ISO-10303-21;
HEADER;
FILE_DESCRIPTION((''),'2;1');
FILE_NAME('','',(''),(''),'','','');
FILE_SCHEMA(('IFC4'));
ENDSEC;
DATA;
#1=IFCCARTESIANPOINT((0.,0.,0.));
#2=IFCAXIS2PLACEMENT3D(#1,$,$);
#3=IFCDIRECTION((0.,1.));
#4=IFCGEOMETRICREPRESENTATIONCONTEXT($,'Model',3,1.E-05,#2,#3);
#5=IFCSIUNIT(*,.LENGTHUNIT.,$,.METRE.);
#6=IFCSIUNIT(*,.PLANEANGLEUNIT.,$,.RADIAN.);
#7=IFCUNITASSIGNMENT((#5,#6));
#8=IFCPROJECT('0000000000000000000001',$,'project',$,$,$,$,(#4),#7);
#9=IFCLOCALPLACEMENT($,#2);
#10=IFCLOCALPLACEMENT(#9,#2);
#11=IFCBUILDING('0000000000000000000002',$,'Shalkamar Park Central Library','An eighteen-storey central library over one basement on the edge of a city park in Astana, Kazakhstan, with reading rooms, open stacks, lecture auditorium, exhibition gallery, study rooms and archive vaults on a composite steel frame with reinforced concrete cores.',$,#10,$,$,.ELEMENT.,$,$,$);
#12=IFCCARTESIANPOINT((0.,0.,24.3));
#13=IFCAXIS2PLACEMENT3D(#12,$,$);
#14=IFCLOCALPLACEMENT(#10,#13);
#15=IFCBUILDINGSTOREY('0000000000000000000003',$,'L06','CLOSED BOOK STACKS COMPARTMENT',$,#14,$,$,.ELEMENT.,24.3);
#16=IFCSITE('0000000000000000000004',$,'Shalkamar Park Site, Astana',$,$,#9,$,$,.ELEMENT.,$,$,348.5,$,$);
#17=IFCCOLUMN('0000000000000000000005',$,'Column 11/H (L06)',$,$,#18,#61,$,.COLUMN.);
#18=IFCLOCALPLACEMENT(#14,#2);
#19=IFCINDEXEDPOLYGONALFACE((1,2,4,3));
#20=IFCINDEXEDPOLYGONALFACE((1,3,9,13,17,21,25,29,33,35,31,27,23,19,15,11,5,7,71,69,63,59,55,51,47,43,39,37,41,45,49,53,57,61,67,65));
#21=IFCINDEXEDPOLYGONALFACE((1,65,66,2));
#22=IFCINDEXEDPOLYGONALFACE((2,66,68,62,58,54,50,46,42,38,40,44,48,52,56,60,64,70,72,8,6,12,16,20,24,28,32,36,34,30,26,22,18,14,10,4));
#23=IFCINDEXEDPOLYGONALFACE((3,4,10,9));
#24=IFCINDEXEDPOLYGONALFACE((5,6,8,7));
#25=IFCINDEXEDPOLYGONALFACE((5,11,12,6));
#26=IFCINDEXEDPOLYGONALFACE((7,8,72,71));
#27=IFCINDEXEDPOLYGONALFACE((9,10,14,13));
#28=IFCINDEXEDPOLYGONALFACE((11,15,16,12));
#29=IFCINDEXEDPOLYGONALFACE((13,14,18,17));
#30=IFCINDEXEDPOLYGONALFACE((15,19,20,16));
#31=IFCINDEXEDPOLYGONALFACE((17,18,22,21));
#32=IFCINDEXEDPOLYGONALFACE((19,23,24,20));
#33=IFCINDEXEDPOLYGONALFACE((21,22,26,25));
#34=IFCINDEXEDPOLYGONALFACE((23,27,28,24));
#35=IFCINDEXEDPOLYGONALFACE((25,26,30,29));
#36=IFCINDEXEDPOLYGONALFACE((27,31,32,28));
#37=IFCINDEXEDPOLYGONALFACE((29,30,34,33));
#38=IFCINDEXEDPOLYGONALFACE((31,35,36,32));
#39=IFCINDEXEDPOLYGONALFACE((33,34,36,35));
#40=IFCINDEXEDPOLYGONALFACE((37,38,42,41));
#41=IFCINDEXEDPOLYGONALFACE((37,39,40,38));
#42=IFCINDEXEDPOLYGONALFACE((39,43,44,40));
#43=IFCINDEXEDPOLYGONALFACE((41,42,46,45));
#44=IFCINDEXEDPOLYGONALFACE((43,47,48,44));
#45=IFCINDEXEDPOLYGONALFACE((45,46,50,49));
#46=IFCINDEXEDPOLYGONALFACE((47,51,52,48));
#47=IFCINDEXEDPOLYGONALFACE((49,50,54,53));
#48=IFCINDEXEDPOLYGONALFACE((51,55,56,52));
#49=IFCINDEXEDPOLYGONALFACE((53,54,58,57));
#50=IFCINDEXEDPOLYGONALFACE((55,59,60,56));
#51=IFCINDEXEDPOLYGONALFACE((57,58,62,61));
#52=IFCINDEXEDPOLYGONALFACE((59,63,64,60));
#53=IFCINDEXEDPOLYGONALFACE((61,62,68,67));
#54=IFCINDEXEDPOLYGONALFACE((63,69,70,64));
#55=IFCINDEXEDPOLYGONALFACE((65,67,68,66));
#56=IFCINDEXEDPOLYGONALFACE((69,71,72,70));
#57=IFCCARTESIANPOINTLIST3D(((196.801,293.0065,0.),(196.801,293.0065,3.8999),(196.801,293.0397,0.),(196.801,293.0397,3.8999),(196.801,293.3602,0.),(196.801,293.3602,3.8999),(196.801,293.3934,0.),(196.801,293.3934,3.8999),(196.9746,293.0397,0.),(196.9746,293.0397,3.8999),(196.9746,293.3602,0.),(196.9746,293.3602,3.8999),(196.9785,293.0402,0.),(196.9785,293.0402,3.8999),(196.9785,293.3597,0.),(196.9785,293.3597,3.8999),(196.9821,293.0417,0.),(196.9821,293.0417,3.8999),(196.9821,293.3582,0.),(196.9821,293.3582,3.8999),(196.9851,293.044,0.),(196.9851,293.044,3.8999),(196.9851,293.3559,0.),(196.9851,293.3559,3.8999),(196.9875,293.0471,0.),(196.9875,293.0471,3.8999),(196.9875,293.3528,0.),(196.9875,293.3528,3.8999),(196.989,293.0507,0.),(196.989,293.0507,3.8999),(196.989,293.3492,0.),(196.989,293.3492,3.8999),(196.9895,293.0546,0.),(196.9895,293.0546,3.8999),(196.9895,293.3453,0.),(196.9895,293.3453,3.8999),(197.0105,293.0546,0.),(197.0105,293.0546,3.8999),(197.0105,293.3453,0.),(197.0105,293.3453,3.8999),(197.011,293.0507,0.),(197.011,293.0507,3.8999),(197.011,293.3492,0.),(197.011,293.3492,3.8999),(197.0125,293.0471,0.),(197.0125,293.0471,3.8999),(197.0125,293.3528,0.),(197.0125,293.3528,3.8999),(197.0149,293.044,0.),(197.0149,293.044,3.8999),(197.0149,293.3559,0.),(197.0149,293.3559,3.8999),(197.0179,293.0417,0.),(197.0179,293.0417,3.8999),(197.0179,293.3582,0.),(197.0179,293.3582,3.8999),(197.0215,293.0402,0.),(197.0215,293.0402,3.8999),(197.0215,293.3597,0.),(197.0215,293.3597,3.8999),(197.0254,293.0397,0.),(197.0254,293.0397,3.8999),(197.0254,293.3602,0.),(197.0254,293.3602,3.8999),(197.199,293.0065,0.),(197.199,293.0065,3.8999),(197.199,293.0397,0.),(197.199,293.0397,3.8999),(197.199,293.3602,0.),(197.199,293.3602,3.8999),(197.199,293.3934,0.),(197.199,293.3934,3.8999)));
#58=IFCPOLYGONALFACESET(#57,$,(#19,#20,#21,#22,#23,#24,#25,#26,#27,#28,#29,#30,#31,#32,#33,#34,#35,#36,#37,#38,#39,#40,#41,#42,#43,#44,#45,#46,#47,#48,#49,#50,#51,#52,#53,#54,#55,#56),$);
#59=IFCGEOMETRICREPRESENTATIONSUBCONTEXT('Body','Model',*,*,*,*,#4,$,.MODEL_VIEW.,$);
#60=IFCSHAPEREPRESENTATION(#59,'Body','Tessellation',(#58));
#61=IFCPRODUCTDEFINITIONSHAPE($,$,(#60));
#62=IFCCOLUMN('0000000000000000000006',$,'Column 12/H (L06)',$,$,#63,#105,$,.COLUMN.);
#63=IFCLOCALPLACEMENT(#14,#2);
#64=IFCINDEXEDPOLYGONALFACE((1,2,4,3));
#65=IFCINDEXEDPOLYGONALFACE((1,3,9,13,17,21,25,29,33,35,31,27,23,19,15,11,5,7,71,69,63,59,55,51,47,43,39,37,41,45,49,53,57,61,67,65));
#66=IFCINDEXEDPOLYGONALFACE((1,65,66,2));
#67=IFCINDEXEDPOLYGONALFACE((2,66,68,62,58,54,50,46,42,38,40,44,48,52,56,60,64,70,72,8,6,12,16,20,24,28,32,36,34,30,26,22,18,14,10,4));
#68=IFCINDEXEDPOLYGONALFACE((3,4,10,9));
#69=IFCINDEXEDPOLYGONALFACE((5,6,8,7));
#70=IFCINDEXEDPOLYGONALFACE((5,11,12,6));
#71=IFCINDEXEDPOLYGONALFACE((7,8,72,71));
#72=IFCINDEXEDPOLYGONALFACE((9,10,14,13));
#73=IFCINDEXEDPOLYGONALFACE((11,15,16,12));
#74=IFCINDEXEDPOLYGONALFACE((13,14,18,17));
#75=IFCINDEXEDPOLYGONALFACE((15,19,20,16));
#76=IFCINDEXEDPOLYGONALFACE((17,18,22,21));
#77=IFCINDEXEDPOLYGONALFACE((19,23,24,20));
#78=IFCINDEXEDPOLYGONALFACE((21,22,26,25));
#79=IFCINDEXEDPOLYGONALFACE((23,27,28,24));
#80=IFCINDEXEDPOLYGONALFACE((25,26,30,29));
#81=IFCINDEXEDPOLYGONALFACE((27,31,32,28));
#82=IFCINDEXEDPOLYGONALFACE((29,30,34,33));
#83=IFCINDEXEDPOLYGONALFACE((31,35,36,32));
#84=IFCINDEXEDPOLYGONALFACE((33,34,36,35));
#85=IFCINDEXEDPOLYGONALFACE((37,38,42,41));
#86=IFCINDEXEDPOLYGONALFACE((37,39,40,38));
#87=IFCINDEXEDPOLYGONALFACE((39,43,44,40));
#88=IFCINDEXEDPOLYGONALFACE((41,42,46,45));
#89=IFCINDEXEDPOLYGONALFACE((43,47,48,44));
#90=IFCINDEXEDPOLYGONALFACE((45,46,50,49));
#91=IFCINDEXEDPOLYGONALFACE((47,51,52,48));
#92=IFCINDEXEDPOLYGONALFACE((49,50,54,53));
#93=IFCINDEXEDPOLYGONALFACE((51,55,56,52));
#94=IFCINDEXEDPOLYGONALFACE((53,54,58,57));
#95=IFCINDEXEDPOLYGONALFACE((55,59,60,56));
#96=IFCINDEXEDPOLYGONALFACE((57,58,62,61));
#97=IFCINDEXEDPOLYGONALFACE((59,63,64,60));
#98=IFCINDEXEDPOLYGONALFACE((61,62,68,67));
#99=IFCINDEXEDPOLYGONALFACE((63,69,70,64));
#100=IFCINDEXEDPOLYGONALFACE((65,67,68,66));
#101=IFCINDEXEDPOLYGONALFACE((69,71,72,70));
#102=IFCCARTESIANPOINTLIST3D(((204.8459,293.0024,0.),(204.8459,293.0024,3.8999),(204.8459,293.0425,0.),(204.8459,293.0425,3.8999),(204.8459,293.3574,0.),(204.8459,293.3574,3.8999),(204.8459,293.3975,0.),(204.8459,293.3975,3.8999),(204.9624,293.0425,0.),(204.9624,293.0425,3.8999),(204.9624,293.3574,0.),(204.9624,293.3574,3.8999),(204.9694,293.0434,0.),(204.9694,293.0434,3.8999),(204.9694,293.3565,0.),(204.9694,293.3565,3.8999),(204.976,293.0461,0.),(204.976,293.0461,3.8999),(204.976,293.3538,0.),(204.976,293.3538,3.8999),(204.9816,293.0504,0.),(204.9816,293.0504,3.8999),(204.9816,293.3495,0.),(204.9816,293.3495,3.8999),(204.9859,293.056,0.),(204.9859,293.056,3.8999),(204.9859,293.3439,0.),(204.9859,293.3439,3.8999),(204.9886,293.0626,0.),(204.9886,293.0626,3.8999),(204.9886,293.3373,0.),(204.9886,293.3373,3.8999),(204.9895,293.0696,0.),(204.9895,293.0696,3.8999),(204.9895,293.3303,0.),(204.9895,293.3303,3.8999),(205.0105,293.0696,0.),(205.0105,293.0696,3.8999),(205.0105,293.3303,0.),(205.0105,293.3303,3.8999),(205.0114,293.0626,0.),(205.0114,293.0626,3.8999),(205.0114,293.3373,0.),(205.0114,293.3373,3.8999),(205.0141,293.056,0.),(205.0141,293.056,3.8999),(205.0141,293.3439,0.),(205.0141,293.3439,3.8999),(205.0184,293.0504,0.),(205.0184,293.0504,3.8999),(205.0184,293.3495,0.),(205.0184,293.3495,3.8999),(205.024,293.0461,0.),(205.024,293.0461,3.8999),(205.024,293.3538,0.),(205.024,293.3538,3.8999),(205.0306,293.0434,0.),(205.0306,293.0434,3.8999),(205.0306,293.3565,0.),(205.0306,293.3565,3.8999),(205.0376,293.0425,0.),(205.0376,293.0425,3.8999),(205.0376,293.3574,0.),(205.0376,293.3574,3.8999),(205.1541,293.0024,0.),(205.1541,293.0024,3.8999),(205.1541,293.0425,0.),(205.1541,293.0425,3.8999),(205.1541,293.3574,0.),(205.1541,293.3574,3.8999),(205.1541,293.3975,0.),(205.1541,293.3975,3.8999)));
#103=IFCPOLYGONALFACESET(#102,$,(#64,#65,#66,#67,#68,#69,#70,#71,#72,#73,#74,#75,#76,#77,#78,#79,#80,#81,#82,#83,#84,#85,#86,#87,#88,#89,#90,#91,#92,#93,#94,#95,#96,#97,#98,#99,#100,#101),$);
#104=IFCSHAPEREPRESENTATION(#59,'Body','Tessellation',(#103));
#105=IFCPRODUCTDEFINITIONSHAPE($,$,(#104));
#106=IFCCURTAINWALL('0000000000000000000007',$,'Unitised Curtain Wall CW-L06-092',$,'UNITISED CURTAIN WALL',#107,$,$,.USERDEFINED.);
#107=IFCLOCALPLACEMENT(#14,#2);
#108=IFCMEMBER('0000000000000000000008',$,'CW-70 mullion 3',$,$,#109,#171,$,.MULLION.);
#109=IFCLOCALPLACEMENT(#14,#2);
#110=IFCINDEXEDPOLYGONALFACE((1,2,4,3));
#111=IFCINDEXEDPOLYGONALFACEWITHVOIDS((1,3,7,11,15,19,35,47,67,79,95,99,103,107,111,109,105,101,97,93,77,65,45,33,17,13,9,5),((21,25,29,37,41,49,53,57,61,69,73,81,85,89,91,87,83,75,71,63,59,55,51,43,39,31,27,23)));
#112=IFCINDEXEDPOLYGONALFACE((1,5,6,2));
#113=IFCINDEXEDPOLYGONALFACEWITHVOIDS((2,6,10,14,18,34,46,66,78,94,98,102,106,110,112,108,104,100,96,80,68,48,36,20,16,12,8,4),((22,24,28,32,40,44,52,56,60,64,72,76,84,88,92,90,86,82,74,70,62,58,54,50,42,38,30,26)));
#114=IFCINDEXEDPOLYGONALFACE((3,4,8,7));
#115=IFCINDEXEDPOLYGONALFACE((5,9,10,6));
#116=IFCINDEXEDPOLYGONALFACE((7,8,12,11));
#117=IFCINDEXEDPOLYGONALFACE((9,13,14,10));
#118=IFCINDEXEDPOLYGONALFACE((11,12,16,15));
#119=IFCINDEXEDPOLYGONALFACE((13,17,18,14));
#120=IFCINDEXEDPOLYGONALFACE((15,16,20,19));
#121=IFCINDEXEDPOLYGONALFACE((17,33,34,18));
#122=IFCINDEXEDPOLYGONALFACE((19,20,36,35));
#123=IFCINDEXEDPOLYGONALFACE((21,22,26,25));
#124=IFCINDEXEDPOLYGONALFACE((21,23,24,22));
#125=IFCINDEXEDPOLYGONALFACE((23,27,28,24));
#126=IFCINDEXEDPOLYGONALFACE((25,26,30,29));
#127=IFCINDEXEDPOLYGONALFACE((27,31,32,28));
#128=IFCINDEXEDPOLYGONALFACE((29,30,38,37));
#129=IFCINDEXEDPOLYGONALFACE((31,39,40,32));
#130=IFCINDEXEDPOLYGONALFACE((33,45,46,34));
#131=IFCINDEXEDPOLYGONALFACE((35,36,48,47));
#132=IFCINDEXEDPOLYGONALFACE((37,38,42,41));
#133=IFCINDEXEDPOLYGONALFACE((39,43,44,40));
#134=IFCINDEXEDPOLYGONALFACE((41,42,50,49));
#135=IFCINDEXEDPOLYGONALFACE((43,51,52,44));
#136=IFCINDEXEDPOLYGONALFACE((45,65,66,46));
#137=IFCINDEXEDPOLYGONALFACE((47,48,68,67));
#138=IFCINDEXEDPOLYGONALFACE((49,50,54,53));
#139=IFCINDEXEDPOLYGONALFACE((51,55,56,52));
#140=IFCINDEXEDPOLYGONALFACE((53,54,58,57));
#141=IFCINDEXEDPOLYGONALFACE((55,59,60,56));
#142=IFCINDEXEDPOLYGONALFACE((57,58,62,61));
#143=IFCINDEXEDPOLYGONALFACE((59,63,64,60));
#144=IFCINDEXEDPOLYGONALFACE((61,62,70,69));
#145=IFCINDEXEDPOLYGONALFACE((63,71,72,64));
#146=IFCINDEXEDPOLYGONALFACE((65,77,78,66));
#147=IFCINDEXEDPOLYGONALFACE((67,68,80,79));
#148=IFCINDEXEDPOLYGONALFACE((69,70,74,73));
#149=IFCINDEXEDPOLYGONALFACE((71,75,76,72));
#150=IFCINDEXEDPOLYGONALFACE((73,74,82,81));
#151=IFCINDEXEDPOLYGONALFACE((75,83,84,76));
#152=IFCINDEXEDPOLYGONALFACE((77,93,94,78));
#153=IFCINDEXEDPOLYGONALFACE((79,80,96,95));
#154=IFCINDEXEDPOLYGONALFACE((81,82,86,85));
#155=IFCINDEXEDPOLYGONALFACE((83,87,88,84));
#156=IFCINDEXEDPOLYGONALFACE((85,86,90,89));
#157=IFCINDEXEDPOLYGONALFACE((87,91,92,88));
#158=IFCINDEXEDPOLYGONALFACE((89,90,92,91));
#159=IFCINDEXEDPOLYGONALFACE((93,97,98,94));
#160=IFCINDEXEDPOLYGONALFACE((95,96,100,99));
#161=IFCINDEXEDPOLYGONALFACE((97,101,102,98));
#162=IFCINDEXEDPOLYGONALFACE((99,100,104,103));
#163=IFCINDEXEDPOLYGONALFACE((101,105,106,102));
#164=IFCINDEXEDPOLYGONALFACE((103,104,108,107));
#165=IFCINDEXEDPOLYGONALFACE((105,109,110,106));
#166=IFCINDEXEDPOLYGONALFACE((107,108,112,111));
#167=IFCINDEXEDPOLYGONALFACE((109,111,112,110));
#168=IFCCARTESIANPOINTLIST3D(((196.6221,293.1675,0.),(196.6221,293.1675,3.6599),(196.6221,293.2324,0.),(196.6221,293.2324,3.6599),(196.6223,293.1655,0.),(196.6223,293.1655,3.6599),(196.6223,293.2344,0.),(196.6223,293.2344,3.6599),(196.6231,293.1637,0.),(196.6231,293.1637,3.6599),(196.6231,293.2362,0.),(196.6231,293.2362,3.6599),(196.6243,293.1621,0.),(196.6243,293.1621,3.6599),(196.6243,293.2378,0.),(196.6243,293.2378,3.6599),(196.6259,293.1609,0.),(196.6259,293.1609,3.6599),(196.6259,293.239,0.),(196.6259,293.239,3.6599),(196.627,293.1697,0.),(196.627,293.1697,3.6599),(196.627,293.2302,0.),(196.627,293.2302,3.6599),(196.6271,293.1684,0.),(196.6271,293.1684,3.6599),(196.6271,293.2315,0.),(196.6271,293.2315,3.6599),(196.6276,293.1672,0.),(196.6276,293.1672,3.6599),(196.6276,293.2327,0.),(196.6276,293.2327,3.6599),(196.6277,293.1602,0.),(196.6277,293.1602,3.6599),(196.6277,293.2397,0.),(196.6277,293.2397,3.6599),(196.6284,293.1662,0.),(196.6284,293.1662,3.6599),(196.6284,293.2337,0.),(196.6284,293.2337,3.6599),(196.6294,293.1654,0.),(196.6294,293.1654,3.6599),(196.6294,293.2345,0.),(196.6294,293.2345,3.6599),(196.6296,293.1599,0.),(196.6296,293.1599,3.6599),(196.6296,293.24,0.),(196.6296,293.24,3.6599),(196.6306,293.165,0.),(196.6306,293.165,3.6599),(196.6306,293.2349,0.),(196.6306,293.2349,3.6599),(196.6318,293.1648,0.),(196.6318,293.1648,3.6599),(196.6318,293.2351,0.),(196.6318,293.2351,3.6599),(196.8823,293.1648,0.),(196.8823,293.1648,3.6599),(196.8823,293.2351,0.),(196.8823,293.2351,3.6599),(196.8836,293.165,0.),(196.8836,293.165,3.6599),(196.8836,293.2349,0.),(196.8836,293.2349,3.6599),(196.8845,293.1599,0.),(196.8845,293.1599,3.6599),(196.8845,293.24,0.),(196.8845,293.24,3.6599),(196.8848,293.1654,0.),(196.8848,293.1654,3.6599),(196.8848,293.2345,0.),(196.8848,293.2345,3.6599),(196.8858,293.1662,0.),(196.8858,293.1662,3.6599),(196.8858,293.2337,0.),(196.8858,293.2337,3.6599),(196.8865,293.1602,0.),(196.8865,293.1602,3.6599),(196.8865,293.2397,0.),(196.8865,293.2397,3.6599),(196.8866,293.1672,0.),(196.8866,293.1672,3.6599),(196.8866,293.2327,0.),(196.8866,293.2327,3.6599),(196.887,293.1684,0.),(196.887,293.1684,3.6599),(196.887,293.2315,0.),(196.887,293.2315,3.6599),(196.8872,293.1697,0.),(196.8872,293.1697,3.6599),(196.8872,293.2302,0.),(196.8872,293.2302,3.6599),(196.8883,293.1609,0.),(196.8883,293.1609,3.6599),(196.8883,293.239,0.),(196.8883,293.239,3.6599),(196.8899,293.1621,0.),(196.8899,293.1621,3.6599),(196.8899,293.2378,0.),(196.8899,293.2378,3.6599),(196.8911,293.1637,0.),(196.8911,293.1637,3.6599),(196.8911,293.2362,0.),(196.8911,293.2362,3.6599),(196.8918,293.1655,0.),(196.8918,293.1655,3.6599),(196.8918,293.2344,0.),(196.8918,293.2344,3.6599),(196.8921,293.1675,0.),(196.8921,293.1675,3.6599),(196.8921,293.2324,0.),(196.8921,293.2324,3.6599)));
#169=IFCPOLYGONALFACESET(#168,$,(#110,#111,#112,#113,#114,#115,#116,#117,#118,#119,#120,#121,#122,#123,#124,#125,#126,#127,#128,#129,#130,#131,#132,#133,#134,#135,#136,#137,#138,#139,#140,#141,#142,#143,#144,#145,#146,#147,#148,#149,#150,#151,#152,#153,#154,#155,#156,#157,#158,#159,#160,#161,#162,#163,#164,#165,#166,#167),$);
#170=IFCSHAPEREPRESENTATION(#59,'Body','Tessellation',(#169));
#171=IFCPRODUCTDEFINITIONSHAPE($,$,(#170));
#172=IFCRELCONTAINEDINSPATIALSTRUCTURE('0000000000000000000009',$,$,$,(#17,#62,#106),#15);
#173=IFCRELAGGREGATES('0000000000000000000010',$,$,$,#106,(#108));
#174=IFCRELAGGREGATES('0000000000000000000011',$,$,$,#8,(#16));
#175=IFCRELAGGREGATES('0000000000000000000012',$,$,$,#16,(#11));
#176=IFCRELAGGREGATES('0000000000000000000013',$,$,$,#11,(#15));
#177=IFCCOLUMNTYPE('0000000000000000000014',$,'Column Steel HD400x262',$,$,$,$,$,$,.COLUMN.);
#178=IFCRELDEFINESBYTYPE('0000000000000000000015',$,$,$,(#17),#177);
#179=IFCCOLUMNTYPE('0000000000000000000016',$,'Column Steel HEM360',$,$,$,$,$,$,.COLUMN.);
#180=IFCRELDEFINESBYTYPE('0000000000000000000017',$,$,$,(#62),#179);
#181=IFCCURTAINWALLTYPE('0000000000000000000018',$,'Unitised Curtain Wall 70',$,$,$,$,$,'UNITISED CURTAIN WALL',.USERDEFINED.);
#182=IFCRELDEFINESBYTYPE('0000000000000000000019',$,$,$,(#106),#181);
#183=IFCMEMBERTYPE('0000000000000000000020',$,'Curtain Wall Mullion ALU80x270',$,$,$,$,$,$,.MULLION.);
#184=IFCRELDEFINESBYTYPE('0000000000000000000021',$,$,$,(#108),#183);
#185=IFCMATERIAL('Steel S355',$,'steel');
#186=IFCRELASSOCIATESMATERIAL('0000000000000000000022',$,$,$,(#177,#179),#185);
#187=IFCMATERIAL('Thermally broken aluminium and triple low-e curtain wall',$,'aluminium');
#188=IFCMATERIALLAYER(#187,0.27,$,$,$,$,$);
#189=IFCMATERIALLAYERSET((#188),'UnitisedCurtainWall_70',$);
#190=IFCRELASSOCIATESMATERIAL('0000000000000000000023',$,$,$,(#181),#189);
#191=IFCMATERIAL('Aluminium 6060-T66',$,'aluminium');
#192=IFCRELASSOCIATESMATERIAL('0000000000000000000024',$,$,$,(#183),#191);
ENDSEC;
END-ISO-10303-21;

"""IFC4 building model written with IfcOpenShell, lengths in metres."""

from ifc_helpers import new_model, si_unit, direction, frame, origin, origin_2d, place, context, subcontext, project, spatial, hollow_rectangle, i_section, extrude, material, layer, layer_set, material_profile, profile_set, type_object, element, aggregate, save


model = new_model("IFC4")

# Units and contexts
model_context = context("Model", 3, precision=1e-05, world=origin(), true_north=direction((0.0, 1.0)))
body_context = subcontext(model_context, "Body", "Model", "MODEL_VIEW")
ifc_project = project(units=[si_unit("LENGTHUNIT", "METRE"), si_unit("PLANEANGLEUNIT", "RADIAN")], contexts=[model_context])

# Site, building, storey
site_placement = place(None, origin())
site = spatial("IfcSite", under=ifc_project, at=site_placement, Name="Shalkamar Park Site, Astana", CompositionType="ELEMENT", RefElevation=348.5)
building_placement = place(site_placement, origin())
building = spatial("IfcBuilding", under=site, at=building_placement, Name="Shalkamar Park Central Library", Description="An eighteen-storey central library over one basement on the edge of a city park in Astana, Kazakhstan, with reading rooms, open stacks, lecture auditorium, exhibition gallery, study rooms and archive vaults on a composite steel frame with reinforced concrete cores.", CompositionType="ELEMENT")
storey_placement = place(building_placement, frame((0.0, 0.0, 24.3)))
storey = spatial("IfcBuildingStorey", under=building, at=storey_placement, Name="L06", Description="CLOSED BOOK STACKS COMPARTMENT", CompositionType="ELEMENT", Elevation=24.3)

# Columns
ifc_material_1 = material(Name="Steel S355", Category="steel")
ifc_material_profile_1 = material_profile(ifc_material_1, i_section(OverallWidth=0.3979, OverallDepth=0.387, WebThickness=0.021, FlangeThickness=0.0332, FilletRadius=0.0149, at=origin_2d()), Name="HD 400x262")
ifc_profile_set_1 = profile_set([ifc_material_profile_1], Name="Steel S355")
column_type_1 = type_object("IfcColumnType", Name="Column Steel HD400x262", PredefinedType="COLUMN", material=ifc_profile_set_1)
column_1_placement = place(storey_placement, frame((197.0, 293.2, 0.0), z_axis=(0.0, 0.0, 1.0), x_axis=(1.0, 0.0, 0.0)))
element("IfcColumn", 1, at=column_1_placement, inside=storey, type_object=column_type_1, Name="Column 11/H (L06)", PredefinedType="COLUMN", context=body_context, shape_type="SweptSolid", body=[
    extrude(i_section(OverallWidth=0.3979, OverallDepth=0.387, WebThickness=0.021, FlangeThickness=0.0332, FilletRadius=0.0149, at=origin_2d()), origin(), (0.0, 0.0, 1.0), 3.8999),
])
ifc_material_profile_2 = material_profile(ifc_material_1, i_section(OverallWidth=0.3081, OverallDepth=0.395, WebThickness=0.021, FlangeThickness=0.04, FilletRadius=0.0271, at=origin_2d()), Name="HEM 360")
ifc_profile_set_2 = profile_set([ifc_material_profile_2], Name="Steel S355")
column_type_2 = type_object("IfcColumnType", Name="Column Steel HEM360", PredefinedType="COLUMN", material=ifc_profile_set_2)
column_2_placement = place(storey_placement, frame((205.0, 293.2, 0.0), z_axis=(0.0, 0.0, 1.0), x_axis=(1.0, 0.0, 0.0)))
element("IfcColumn", 2, at=column_2_placement, inside=storey, type_object=column_type_2, Name="Column 12/H (L06)", PredefinedType="COLUMN", context=body_context, shape_type="SweptSolid", body=[
    extrude(i_section(OverallWidth=0.3081, OverallDepth=0.395, WebThickness=0.021, FlangeThickness=0.04, FilletRadius=0.0271, at=origin_2d()), origin(), (0.0, 0.0, 1.0), 3.8999),
])

# Curtain wall, member
ifc_material_2 = material(Name="Thermally broken aluminium and triple low-e curtain wall", Category="aluminium")
ifc_layer_1 = layer(ifc_material_2, 0.27)
ifc_layer_set_1 = layer_set([ifc_layer_1], Name="UnitisedCurtainWall_70")
curtain_wall_type_1 = type_object("IfcCurtainWallType", Name="Unitised Curtain Wall 70", ElementType="UNITISED CURTAIN WALL", PredefinedType="USERDEFINED", material=ifc_layer_set_1)
curtain_wall_1_placement = place(storey_placement, origin())
curtain_wall_1 = element("IfcCurtainWall", 3, at=curtain_wall_1_placement, inside=storey, type_object=curtain_wall_type_1, Name="Unitised Curtain Wall CW-L06-092", ObjectType="UNITISED CURTAIN WALL", PredefinedType="USERDEFINED")
ifc_material_3 = material(Name="Aluminium 6060-T66", Category="aluminium")
ifc_material_profile_3 = material_profile(ifc_material_3, hollow_rectangle(XDim=0.0801, YDim=0.27, WallThickness=0.0049, InnerFilletRadius=0.0049, OuterFilletRadius=0.0076, at=origin_2d()), Name="ALU 80x270x5")
ifc_profile_set_3 = profile_set([ifc_material_profile_3], Name="Aluminium 6060-T66")
member_type_1 = type_object("IfcMemberType", Name="Curtain Wall Mullion ALU80x270", PredefinedType="MULLION", material=ifc_profile_set_3)
member_1_placement = place(storey_placement, frame((196.7571, 293.2, 0.0), z_axis=(0.0, 0.0, 1.0), x_axis=(0.0, 1.0, 0.0)))
member_1 = element("IfcMember", 4, at=member_1_placement, type_object=member_type_1, Name="CW-70 mullion 3", PredefinedType="MULLION", context=body_context, shape_type="SweptSolid", body=[
    extrude(hollow_rectangle(XDim=0.0801, YDim=0.27, WallThickness=0.0049, InnerFilletRadius=0.0049, OuterFilletRadius=0.0076, at=origin_2d()), origin(), (0.0, 0.0, 1.0), 3.6599),
])

aggregate(curtain_wall_1, [member_1])

save(model, "model.ifc")
